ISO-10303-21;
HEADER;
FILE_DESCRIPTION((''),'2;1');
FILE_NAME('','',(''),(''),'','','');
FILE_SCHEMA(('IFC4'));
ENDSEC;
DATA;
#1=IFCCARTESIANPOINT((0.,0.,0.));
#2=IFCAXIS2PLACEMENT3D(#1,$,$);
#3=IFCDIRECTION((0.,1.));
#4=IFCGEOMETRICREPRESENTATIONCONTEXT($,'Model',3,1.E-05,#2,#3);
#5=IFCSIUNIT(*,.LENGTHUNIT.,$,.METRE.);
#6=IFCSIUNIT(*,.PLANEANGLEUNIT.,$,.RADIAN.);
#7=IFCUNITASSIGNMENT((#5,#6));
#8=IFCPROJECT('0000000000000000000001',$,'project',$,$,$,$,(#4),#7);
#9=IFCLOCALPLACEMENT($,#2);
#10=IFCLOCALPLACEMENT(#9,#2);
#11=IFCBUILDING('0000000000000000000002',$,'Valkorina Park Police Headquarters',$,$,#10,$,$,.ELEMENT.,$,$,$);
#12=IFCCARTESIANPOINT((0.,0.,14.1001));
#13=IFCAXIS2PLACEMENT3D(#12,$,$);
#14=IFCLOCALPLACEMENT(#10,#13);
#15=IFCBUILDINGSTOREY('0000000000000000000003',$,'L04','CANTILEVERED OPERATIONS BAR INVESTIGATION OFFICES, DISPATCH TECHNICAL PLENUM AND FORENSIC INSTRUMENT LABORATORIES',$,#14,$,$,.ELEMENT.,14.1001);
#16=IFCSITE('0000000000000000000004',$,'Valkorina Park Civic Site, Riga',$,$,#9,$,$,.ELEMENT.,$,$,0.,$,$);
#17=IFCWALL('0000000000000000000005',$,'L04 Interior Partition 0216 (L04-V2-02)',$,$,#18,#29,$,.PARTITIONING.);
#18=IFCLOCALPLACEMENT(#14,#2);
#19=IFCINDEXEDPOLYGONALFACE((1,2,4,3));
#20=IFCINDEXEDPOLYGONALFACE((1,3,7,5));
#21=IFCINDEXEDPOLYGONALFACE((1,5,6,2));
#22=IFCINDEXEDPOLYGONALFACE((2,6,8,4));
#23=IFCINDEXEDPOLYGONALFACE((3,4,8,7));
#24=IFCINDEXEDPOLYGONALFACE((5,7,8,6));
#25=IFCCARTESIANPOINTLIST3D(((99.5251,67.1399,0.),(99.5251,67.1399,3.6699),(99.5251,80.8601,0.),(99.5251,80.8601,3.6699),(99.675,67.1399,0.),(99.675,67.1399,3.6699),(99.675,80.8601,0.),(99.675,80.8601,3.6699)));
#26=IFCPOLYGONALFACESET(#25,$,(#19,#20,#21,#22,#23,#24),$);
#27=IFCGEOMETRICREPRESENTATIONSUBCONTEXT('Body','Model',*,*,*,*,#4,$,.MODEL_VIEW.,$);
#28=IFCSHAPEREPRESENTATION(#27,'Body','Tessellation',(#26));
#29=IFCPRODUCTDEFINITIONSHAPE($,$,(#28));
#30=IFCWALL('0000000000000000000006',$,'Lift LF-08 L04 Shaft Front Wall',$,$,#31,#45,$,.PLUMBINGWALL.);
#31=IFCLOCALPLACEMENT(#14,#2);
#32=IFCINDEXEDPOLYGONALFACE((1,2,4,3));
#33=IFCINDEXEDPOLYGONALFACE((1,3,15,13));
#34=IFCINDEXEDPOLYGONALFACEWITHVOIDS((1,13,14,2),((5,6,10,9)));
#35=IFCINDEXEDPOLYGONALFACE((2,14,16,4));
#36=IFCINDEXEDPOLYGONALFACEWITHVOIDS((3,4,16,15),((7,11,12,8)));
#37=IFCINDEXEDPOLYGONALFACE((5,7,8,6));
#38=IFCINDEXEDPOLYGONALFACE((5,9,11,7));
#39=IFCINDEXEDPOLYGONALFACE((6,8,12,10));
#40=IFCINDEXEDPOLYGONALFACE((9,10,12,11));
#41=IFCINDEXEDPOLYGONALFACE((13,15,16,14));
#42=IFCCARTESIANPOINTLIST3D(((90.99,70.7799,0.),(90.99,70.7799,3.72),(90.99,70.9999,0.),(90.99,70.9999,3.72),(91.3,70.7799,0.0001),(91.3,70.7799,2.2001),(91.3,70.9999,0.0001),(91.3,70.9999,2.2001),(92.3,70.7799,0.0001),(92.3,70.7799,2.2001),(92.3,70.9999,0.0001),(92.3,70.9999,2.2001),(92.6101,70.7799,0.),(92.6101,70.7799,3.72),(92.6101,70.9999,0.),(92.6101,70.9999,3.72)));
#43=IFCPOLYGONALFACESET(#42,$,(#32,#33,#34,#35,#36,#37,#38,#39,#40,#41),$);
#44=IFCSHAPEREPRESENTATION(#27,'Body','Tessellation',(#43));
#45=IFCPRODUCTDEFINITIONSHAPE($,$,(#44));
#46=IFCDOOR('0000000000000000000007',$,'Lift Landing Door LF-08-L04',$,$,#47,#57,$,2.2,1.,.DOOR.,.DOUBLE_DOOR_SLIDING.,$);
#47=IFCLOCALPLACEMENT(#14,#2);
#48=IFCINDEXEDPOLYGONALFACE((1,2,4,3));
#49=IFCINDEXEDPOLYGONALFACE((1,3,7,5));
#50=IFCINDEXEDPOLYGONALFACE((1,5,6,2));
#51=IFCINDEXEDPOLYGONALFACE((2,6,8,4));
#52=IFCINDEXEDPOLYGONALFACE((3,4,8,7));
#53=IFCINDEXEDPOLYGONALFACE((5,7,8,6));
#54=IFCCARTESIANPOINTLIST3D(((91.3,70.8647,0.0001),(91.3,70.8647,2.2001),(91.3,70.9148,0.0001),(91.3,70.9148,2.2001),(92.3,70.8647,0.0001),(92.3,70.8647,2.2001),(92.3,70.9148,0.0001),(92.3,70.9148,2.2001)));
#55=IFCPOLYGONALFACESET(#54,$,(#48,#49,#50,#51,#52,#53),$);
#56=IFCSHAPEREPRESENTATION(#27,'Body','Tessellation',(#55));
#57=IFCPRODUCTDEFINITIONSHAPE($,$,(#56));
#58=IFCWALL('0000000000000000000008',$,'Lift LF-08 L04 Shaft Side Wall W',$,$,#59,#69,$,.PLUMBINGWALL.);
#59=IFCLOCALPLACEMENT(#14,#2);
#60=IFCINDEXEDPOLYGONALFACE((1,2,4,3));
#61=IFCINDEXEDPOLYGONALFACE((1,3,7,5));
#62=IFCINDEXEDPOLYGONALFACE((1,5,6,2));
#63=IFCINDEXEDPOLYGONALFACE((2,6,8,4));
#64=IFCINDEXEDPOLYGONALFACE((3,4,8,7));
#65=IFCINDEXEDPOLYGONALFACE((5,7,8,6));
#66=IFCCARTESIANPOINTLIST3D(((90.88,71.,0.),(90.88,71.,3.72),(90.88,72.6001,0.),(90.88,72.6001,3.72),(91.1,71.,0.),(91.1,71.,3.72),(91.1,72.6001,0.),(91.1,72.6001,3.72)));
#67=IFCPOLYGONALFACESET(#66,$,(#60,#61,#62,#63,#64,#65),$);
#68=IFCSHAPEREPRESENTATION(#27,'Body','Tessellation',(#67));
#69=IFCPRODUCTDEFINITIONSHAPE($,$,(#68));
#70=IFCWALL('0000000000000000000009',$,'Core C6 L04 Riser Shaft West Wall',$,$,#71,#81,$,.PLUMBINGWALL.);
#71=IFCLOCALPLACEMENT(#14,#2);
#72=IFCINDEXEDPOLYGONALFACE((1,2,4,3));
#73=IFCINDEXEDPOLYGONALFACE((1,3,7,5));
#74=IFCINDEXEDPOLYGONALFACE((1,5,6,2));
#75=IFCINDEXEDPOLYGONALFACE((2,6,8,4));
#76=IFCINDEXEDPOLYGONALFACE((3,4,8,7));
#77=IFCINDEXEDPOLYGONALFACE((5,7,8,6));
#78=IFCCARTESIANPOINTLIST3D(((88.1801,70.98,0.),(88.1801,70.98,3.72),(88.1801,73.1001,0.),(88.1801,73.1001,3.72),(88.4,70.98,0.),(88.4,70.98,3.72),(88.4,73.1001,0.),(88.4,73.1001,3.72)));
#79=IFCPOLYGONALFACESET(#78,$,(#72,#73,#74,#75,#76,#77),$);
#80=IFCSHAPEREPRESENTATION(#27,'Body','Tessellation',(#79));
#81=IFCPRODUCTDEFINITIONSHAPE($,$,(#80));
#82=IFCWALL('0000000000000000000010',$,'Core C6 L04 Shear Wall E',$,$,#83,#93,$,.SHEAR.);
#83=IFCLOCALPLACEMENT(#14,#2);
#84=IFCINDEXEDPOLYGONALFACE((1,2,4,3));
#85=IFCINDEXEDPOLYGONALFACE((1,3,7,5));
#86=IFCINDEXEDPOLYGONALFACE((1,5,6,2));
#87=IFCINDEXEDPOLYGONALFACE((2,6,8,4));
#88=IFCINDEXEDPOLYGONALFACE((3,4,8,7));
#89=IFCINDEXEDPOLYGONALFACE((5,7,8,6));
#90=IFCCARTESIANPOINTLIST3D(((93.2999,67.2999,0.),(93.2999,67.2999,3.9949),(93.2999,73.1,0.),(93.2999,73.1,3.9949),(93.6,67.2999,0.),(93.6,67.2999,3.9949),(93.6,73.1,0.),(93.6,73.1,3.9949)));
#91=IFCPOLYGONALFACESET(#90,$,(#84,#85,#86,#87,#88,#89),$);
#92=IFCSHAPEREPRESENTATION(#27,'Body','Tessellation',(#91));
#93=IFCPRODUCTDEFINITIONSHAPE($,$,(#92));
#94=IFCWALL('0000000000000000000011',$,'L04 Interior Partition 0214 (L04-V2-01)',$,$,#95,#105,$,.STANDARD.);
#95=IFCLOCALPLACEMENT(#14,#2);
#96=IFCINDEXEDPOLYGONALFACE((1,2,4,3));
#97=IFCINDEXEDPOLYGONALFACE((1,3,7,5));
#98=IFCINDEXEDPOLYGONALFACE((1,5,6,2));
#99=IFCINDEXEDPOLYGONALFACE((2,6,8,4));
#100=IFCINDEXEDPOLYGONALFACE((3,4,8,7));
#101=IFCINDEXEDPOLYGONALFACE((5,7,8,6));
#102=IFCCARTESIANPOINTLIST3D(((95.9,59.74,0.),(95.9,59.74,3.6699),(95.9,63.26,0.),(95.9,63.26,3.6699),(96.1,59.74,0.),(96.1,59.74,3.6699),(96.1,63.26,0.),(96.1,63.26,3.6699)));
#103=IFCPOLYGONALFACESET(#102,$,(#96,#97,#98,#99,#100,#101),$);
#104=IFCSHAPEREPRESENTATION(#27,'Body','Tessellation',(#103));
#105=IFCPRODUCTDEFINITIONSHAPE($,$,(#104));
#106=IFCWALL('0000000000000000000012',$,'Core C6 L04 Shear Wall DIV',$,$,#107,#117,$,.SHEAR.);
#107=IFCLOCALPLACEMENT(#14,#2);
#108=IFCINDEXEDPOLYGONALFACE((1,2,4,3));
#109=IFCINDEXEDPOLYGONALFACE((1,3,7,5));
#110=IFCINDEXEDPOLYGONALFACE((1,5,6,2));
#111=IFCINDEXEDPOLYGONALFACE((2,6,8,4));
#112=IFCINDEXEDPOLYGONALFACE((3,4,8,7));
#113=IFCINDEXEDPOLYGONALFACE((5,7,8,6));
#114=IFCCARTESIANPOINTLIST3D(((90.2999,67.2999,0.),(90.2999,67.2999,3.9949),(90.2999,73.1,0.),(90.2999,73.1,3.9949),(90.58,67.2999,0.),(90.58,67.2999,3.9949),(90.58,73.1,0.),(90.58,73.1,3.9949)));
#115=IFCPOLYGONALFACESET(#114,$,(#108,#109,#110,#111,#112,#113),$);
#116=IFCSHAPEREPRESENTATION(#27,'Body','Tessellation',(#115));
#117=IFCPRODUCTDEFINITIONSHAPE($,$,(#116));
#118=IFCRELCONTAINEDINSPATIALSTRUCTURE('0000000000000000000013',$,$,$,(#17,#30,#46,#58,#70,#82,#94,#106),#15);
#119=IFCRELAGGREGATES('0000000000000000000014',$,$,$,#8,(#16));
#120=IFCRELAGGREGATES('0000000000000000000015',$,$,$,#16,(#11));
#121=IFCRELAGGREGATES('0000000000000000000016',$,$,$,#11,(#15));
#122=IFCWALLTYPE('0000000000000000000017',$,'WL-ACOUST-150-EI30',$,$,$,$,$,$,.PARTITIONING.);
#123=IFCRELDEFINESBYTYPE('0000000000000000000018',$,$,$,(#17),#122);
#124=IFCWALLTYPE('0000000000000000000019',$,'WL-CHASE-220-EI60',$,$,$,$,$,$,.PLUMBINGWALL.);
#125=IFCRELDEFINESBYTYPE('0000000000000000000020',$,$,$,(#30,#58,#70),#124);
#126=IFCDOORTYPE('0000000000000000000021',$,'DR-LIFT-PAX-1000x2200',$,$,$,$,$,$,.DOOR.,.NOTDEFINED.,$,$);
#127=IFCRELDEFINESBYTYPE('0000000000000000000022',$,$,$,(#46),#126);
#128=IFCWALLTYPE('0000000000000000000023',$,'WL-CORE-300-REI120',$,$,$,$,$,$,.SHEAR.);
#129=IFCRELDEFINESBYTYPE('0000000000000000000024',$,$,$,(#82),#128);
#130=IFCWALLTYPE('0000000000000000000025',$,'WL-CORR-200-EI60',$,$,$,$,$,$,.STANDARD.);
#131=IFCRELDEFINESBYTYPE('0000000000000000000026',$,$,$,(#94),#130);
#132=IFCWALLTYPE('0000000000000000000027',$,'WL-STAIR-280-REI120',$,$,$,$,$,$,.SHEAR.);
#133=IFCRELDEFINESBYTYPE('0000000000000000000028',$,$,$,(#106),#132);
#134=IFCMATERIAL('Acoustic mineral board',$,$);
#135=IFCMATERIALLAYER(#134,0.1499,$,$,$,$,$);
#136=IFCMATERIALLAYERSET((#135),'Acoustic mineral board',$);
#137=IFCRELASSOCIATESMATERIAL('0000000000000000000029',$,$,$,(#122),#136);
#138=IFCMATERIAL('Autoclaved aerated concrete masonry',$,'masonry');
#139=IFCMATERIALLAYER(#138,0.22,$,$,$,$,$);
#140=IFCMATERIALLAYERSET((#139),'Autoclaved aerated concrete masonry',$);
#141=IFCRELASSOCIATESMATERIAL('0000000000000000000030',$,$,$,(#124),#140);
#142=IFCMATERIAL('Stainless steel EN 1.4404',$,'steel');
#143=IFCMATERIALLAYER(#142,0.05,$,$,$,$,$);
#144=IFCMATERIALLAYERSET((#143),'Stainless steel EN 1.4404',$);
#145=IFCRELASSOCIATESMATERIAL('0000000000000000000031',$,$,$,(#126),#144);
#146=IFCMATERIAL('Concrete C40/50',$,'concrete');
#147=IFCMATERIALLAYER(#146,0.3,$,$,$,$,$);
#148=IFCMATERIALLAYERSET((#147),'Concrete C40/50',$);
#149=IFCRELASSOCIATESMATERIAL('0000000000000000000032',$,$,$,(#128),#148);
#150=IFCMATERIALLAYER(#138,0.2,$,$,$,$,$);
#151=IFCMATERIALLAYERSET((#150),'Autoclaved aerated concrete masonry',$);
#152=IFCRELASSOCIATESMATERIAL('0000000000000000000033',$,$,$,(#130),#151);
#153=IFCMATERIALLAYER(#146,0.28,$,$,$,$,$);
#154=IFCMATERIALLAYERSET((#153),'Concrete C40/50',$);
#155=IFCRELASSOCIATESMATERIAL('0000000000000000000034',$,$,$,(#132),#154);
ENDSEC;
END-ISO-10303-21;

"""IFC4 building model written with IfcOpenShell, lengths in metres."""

from ifc_helpers import new_model, si_unit, direction, frame, frame_2d, origin, place, context, subcontext, project, spatial, rectangle, extrude, material, layer, layer_set, type_object, element, fill, save


model = new_model("IFC4")

# Units and contexts
model_context = context("Model", 3, precision=1e-05, world=origin(), true_north=direction((0.0, 1.0)))
body_context = subcontext(model_context, "Body", "Model", "MODEL_VIEW")
ifc_project = project(units=[si_unit("LENGTHUNIT", "METRE"), si_unit("PLANEANGLEUNIT", "RADIAN")], contexts=[model_context])

# Site, building, storey
site_placement = place(None, origin())
site = spatial("IfcSite", under=ifc_project, at=site_placement, Name="Valkorina Park Civic Site, Riga", CompositionType="ELEMENT", RefElevation=0.0)
building_placement = place(site_placement, origin())
building = spatial("IfcBuilding", under=site, at=building_placement, Name="Valkorina Park Police Headquarters", CompositionType="ELEMENT")
storey_placement = place(building_placement, frame((0.0, 0.0, 14.1001)))
storey = spatial("IfcBuildingStorey", under=building, at=storey_placement, Name="L04", Description="CANTILEVERED OPERATIONS BAR INVESTIGATION OFFICES, DISPATCH TECHNICAL PLENUM AND FORENSIC INSTRUMENT LABORATORIES", CompositionType="ELEMENT", Elevation=14.1001)

# Wall
ifc_material_1 = material(Name="Acoustic mineral board")
ifc_layer_1 = layer(ifc_material_1, 0.1499)
ifc_layer_set_1 = layer_set([ifc_layer_1], Name="Acoustic mineral board")
wall_type_1 = type_object("IfcWallType", Name="WL-ACOUST-150-EI30", PredefinedType="PARTITIONING", material=ifc_layer_set_1)
wall_1_placement = place(storey_placement, frame((99.6001, 67.1399, 0.0), z_axis=(0.0, 0.0, 1.0), x_axis=(0.0, 1.0, 0.0)))
element("IfcWall", 1, at=wall_1_placement, inside=storey, type_object=wall_type_1, Name="L04 Interior Partition 0216 (L04-V2-02)", PredefinedType="PARTITIONING", context=body_context, shape_type="SweptSolid", body=[
    extrude(rectangle(XDim=13.7202, YDim=0.1499, at=frame_2d((6.8601, 0.0))), origin(), (0.0, 0.0, 1.0), 3.6699),
])

# Wall, opening, door
ifc_material_2 = material(Name="Autoclaved aerated concrete masonry", Category="masonry")
ifc_layer_2 = layer(ifc_material_2, 0.22)
ifc_layer_set_2 = layer_set([ifc_layer_2], Name="Autoclaved aerated concrete masonry")
wall_type_2 = type_object("IfcWallType", Name="WL-CHASE-220-EI60", PredefinedType="PLUMBINGWALL", material=ifc_layer_set_2)
wall_2_placement = place(storey_placement, frame((90.99, 70.8899, 0.0), z_axis=(0.0, 0.0, 1.0), x_axis=(1.0, 0.0, 0.0)))
wall_2 = element("IfcWall", 2, at=wall_2_placement, inside=storey, type_object=wall_type_2, Name="Lift LF-08 L04 Shaft Front Wall", PredefinedType="PLUMBINGWALL", context=body_context, shape_type="SweptSolid", body=[
    extrude(rectangle(XDim=1.6201, YDim=0.22, at=frame_2d((0.8101, 0.0))), origin(), (0.0, 0.0, 1.0), 3.72),
])
opening_placement = place(wall_2_placement, frame((0.3101, 0.0, 0.0)))
opening = element("IfcOpeningElement", 3, at=opening_placement, cuts=wall_2, PredefinedType="OPENING", context=body_context, shape_type="SweptSolid", body=[
    extrude(rectangle(XDim=1.0, YDim=2.2, at=frame_2d((0.5, 1.1001))), frame((0.0, 0.1201, 0.0), z_axis=(0.0, -1.0, 0.0), x_axis=(1.0, 0.0, 0.0)), (0.0, 0.0, 1.0), 0.24),
])
ifc_material_3 = material(Name="Stainless steel EN 1.4404", Category="steel")
ifc_layer_3 = layer(ifc_material_3, 0.05)
ifc_layer_set_3 = layer_set([ifc_layer_3], Name="Stainless steel EN 1.4404")
door_type = type_object("IfcDoorType", Name="DR-LIFT-PAX-1000x2200", OperationType="NOTDEFINED", PredefinedType="DOOR", material=ifc_layer_set_3)
door_placement = place(opening_placement, origin())
door = element("IfcDoor", 4, at=door_placement, inside=storey, type_object=door_type, Name="Lift Landing Door LF-08-L04", OperationType="DOUBLE_DOOR_SLIDING", OverallHeight=2.2, OverallWidth=1.0, PredefinedType="DOOR", context=body_context, shape_type="SweptSolid", body=[
    extrude(rectangle(XDim=1.0, YDim=2.2, at=frame_2d((0.5, 1.1001))), frame((0.0, 0.0249, 0.0), z_axis=(0.0, -1.0, 0.0), x_axis=(1.0, 0.0, 0.0)), (0.0, 0.0, 1.0), 0.05),
])
fill(opening, door)

# Walls
wall_3_placement = place(storey_placement, frame((90.99, 71.0, 0.0), z_axis=(0.0, 0.0, 1.0), x_axis=(0.0, 1.0, 0.0)))
element("IfcWall", 5, at=wall_3_placement, inside=storey, type_object=wall_type_2, Name="Lift LF-08 L04 Shaft Side Wall W", PredefinedType="PLUMBINGWALL", context=body_context, shape_type="SweptSolid", body=[
    extrude(rectangle(XDim=1.6001, YDim=0.22, at=frame_2d((0.8, 0.0))), origin(), (0.0, 0.0, 1.0), 3.72),
])
wall_4_placement = place(storey_placement, frame((88.29, 70.98, 0.0), z_axis=(0.0, 0.0, 1.0), x_axis=(0.0, 1.0, 0.0)))
element("IfcWall", 6, at=wall_4_placement, inside=storey, type_object=wall_type_2, Name="Core C6 L04 Riser Shaft West Wall", PredefinedType="PLUMBINGWALL", context=body_context, shape_type="SweptSolid", body=[
    extrude(rectangle(XDim=2.1201, YDim=0.22, at=frame_2d((1.0601, 0.0))), origin(), (0.0, 0.0, 1.0), 3.72),
])
ifc_material_4 = material(Name="Concrete C40/50", Category="concrete")
ifc_layer_4 = layer(ifc_material_4, 0.3)
ifc_layer_set_4 = layer_set([ifc_layer_4], Name="Concrete C40/50")
wall_type_3 = type_object("IfcWallType", Name="WL-CORE-300-REI120", PredefinedType="SHEAR", material=ifc_layer_set_4)
wall_5_placement = place(storey_placement, frame((93.45, 67.3, 0.0), z_axis=(0.0, 0.0, 1.0), x_axis=(0.0, 1.0, 0.0)))
element("IfcWall", 7, at=wall_5_placement, inside=storey, type_object=wall_type_3, Name="Core C6 L04 Shear Wall E", PredefinedType="SHEAR", context=body_context, shape_type="SweptSolid", body=[
    extrude(rectangle(XDim=5.8, YDim=0.3, at=frame_2d((2.8999, 0.0))), origin(), (0.0, 0.0, 1.0), 3.9949),
])
ifc_layer_5 = layer(ifc_material_2, 0.2)
ifc_layer_set_5 = layer_set([ifc_layer_5], Name="Autoclaved aerated concrete masonry")
wall_type_4 = type_object("IfcWallType", Name="WL-CORR-200-EI60", PredefinedType="STANDARD", material=ifc_layer_set_5)
wall_6_placement = place(storey_placement, frame((96.0, 59.74, 0.0), z_axis=(0.0, 0.0, 1.0), x_axis=(0.0, 1.0, 0.0)))
element("IfcWall", 8, at=wall_6_placement, inside=storey, type_object=wall_type_4, Name="L04 Interior Partition 0214 (L04-V2-01)", PredefinedType="STANDARD", context=body_context, shape_type="SweptSolid", body=[
    extrude(rectangle(XDim=3.52, YDim=0.2, at=frame_2d((1.76, 0.0))), origin(), (0.0, 0.0, 1.0), 3.6699),
])
ifc_layer_6 = layer(ifc_material_4, 0.28)
ifc_layer_set_6 = layer_set([ifc_layer_6], Name="Concrete C40/50")
wall_type_5 = type_object("IfcWallType", Name="WL-STAIR-280-REI120", PredefinedType="SHEAR", material=ifc_layer_set_6)
wall_7_placement = place(storey_placement, frame((90.4399, 67.3, 0.0), z_axis=(0.0, 0.0, 1.0), x_axis=(0.0, 1.0, 0.0)))
element("IfcWall", 9, at=wall_7_placement, inside=storey, type_object=wall_type_5, Name="Core C6 L04 Shear Wall DIV", PredefinedType="SHEAR", context=body_context, shape_type="SweptSolid", body=[
    extrude(rectangle(XDim=5.8, YDim=0.28, at=frame_2d((2.8999, 0.0))), origin(), (0.0, 0.0, 1.0), 3.9949),
])

save(model, "model.ifc")
